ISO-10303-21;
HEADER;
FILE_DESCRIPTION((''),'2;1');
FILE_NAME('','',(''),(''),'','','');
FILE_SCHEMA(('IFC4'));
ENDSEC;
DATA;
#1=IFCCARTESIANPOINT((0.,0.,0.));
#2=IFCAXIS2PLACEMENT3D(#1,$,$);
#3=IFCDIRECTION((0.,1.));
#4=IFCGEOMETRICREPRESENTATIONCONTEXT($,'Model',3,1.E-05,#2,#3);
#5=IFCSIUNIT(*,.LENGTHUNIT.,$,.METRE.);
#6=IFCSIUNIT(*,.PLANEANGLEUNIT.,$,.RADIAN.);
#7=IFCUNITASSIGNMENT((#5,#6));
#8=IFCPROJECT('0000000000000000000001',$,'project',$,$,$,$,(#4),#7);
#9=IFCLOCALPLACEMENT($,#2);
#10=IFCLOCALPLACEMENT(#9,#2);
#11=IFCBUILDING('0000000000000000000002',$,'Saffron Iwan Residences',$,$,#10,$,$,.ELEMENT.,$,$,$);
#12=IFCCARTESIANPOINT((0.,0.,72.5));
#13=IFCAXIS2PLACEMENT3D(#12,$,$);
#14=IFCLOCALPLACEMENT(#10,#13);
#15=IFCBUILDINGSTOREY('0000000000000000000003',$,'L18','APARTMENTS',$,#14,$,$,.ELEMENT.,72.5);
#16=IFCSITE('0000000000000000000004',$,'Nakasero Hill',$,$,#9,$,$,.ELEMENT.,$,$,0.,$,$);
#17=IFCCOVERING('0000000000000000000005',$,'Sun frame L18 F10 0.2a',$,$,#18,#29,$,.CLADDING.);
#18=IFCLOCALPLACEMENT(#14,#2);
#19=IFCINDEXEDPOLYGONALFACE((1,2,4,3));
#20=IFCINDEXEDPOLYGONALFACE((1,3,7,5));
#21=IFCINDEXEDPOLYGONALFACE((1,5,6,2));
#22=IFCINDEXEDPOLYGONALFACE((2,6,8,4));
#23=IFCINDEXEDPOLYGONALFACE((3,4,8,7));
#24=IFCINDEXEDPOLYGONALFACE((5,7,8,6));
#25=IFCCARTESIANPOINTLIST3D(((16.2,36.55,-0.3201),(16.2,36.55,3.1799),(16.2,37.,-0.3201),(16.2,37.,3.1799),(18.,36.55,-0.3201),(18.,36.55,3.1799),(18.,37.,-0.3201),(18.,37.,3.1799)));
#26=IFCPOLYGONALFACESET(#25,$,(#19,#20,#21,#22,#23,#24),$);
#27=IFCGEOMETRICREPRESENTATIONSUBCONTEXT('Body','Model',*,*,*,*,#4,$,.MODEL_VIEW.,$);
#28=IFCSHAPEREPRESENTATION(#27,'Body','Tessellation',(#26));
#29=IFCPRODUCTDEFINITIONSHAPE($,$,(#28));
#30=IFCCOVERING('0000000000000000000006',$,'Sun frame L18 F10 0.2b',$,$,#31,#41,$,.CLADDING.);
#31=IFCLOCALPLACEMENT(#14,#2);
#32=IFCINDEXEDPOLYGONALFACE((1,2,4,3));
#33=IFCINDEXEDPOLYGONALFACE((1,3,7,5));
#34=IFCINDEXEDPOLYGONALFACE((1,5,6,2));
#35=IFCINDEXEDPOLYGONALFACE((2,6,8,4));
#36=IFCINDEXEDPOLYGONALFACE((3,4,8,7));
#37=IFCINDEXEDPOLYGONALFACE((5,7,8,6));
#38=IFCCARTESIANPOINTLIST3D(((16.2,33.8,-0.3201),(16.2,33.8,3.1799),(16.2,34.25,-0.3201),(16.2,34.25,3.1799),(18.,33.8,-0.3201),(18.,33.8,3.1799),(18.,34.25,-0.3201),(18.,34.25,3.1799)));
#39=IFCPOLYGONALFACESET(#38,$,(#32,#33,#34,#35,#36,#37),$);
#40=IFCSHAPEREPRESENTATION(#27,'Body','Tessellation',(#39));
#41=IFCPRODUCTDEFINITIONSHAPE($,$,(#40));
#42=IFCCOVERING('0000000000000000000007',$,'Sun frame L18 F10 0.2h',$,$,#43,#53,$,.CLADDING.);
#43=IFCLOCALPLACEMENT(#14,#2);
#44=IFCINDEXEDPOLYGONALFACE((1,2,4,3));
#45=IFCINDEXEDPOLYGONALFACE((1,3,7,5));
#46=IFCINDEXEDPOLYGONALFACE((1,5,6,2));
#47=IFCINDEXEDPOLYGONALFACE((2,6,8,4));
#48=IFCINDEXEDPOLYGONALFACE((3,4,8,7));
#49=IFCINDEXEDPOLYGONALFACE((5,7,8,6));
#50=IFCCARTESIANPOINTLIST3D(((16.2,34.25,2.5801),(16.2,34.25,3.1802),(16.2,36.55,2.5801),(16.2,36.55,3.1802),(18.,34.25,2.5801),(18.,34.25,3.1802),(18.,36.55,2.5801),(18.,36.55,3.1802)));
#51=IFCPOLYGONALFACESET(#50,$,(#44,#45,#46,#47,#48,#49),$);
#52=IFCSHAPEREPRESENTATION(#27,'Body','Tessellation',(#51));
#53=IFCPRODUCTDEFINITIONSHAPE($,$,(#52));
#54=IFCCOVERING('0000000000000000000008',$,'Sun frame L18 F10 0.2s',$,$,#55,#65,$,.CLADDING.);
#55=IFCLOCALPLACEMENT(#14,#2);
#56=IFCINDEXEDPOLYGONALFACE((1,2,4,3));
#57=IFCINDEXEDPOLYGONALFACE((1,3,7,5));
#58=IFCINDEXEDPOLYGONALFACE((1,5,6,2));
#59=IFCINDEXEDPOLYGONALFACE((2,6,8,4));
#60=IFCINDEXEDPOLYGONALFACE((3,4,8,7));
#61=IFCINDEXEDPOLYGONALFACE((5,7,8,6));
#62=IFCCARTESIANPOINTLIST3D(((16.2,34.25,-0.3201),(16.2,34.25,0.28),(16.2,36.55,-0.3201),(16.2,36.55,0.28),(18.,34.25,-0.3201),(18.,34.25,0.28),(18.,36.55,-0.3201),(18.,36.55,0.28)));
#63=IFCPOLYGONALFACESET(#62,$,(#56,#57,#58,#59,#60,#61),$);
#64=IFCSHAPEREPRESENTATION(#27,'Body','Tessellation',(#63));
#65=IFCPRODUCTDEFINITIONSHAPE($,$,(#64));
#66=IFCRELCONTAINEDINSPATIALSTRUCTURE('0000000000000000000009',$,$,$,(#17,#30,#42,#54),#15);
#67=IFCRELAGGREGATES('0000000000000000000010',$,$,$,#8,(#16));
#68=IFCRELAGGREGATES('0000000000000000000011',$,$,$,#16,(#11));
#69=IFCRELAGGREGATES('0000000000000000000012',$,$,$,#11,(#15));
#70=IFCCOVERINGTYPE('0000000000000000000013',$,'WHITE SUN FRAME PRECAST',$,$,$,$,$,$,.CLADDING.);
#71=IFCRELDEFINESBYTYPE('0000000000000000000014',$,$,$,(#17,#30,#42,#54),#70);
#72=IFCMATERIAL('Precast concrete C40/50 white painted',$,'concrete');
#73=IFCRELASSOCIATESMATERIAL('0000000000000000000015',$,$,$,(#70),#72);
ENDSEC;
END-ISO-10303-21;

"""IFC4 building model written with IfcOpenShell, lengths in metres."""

from ifc_helpers import new_model, si_unit, direction, frame, origin, place, context, subcontext, project, spatial, polyline, outline, extrude, material, type_object, element, save


model = new_model("IFC4")

# Units and contexts
model_context = context("Model", 3, precision=1e-05, world=origin(), true_north=direction((0.0, 1.0)))
body_context = subcontext(model_context, "Body", "Model", "MODEL_VIEW")
ifc_project = project(units=[si_unit("LENGTHUNIT", "METRE"), si_unit("PLANEANGLEUNIT", "RADIAN")], contexts=[model_context])

# Site, building, storey
site_placement = place(None, origin())
site = spatial("IfcSite", under=ifc_project, at=site_placement, Name="Nakasero Hill", CompositionType="ELEMENT", RefElevation=0.0)
building_placement = place(site_placement, origin())
building = spatial("IfcBuilding", under=site, at=building_placement, Name="Saffron Iwan Residences", CompositionType="ELEMENT")
storey_placement = place(building_placement, frame((0.0, 0.0, 72.5)))
storey = spatial("IfcBuildingStorey", under=building, at=storey_placement, Name="L18", Description="APARTMENTS", CompositionType="ELEMENT", Elevation=72.5)

# Coverings
ifc_material_1 = material(Name="Precast concrete C40/50 white painted", Category="concrete")
covering_type_1 = type_object("IfcCoveringType", Name="WHITE SUN FRAME PRECAST", PredefinedType="CLADDING", material=ifc_material_1)
for number, where, z_axis, x_axis, name in (
    (1, (18.0, 37.0, -0.3201), (-1.0, 0.0, 0.0), (0.0, -1.0, 0.0), "Sun frame L18 F10 0.2a"),
    (2, (18.0, 34.25, -0.3201), (-1.0, 0.0, 0.0), (0.0, -1.0, 0.0), "Sun frame L18 F10 0.2b"),
):
    element("IfcCovering", number, at=place(storey_placement, frame(where, z_axis=z_axis, x_axis=x_axis)), inside=storey, type_object=covering_type_1, Name=name, PredefinedType="CLADDING", context=body_context, shape_type="SweptSolid", body=[
        extrude(outline(polyline([(0.0, 0.0), (0.45, 0.0), (0.45, 3.5), (0.0, 3.5), (0.0, 0.0)])), origin(), (0.0, 0.0, 1.0), 1.8),
    ])
for number, where, z_axis, x_axis, name in (
    (3, (18.0, 36.55, 2.5801), (-1.0, 0.0, 0.0), (0.0, -1.0, 0.0), "Sun frame L18 F10 0.2h"),
    (4, (18.0, 36.55, -0.3201), (-1.0, 0.0, 0.0), (0.0, -1.0, 0.0), "Sun frame L18 F10 0.2s"),
):
    element("IfcCovering", number, at=place(storey_placement, frame(where, z_axis=z_axis, x_axis=x_axis)), inside=storey, type_object=covering_type_1, Name=name, PredefinedType="CLADDING", context=body_context, shape_type="SweptSolid", body=[
        extrude(outline(polyline([(0.0, 0.0), (2.3, 0.0), (2.3, 0.6001), (0.0, 0.6001), (0.0, 0.0)])), origin(), (0.0, 0.0, 1.0), 1.8),
    ])

save(model, "model.ifc")
